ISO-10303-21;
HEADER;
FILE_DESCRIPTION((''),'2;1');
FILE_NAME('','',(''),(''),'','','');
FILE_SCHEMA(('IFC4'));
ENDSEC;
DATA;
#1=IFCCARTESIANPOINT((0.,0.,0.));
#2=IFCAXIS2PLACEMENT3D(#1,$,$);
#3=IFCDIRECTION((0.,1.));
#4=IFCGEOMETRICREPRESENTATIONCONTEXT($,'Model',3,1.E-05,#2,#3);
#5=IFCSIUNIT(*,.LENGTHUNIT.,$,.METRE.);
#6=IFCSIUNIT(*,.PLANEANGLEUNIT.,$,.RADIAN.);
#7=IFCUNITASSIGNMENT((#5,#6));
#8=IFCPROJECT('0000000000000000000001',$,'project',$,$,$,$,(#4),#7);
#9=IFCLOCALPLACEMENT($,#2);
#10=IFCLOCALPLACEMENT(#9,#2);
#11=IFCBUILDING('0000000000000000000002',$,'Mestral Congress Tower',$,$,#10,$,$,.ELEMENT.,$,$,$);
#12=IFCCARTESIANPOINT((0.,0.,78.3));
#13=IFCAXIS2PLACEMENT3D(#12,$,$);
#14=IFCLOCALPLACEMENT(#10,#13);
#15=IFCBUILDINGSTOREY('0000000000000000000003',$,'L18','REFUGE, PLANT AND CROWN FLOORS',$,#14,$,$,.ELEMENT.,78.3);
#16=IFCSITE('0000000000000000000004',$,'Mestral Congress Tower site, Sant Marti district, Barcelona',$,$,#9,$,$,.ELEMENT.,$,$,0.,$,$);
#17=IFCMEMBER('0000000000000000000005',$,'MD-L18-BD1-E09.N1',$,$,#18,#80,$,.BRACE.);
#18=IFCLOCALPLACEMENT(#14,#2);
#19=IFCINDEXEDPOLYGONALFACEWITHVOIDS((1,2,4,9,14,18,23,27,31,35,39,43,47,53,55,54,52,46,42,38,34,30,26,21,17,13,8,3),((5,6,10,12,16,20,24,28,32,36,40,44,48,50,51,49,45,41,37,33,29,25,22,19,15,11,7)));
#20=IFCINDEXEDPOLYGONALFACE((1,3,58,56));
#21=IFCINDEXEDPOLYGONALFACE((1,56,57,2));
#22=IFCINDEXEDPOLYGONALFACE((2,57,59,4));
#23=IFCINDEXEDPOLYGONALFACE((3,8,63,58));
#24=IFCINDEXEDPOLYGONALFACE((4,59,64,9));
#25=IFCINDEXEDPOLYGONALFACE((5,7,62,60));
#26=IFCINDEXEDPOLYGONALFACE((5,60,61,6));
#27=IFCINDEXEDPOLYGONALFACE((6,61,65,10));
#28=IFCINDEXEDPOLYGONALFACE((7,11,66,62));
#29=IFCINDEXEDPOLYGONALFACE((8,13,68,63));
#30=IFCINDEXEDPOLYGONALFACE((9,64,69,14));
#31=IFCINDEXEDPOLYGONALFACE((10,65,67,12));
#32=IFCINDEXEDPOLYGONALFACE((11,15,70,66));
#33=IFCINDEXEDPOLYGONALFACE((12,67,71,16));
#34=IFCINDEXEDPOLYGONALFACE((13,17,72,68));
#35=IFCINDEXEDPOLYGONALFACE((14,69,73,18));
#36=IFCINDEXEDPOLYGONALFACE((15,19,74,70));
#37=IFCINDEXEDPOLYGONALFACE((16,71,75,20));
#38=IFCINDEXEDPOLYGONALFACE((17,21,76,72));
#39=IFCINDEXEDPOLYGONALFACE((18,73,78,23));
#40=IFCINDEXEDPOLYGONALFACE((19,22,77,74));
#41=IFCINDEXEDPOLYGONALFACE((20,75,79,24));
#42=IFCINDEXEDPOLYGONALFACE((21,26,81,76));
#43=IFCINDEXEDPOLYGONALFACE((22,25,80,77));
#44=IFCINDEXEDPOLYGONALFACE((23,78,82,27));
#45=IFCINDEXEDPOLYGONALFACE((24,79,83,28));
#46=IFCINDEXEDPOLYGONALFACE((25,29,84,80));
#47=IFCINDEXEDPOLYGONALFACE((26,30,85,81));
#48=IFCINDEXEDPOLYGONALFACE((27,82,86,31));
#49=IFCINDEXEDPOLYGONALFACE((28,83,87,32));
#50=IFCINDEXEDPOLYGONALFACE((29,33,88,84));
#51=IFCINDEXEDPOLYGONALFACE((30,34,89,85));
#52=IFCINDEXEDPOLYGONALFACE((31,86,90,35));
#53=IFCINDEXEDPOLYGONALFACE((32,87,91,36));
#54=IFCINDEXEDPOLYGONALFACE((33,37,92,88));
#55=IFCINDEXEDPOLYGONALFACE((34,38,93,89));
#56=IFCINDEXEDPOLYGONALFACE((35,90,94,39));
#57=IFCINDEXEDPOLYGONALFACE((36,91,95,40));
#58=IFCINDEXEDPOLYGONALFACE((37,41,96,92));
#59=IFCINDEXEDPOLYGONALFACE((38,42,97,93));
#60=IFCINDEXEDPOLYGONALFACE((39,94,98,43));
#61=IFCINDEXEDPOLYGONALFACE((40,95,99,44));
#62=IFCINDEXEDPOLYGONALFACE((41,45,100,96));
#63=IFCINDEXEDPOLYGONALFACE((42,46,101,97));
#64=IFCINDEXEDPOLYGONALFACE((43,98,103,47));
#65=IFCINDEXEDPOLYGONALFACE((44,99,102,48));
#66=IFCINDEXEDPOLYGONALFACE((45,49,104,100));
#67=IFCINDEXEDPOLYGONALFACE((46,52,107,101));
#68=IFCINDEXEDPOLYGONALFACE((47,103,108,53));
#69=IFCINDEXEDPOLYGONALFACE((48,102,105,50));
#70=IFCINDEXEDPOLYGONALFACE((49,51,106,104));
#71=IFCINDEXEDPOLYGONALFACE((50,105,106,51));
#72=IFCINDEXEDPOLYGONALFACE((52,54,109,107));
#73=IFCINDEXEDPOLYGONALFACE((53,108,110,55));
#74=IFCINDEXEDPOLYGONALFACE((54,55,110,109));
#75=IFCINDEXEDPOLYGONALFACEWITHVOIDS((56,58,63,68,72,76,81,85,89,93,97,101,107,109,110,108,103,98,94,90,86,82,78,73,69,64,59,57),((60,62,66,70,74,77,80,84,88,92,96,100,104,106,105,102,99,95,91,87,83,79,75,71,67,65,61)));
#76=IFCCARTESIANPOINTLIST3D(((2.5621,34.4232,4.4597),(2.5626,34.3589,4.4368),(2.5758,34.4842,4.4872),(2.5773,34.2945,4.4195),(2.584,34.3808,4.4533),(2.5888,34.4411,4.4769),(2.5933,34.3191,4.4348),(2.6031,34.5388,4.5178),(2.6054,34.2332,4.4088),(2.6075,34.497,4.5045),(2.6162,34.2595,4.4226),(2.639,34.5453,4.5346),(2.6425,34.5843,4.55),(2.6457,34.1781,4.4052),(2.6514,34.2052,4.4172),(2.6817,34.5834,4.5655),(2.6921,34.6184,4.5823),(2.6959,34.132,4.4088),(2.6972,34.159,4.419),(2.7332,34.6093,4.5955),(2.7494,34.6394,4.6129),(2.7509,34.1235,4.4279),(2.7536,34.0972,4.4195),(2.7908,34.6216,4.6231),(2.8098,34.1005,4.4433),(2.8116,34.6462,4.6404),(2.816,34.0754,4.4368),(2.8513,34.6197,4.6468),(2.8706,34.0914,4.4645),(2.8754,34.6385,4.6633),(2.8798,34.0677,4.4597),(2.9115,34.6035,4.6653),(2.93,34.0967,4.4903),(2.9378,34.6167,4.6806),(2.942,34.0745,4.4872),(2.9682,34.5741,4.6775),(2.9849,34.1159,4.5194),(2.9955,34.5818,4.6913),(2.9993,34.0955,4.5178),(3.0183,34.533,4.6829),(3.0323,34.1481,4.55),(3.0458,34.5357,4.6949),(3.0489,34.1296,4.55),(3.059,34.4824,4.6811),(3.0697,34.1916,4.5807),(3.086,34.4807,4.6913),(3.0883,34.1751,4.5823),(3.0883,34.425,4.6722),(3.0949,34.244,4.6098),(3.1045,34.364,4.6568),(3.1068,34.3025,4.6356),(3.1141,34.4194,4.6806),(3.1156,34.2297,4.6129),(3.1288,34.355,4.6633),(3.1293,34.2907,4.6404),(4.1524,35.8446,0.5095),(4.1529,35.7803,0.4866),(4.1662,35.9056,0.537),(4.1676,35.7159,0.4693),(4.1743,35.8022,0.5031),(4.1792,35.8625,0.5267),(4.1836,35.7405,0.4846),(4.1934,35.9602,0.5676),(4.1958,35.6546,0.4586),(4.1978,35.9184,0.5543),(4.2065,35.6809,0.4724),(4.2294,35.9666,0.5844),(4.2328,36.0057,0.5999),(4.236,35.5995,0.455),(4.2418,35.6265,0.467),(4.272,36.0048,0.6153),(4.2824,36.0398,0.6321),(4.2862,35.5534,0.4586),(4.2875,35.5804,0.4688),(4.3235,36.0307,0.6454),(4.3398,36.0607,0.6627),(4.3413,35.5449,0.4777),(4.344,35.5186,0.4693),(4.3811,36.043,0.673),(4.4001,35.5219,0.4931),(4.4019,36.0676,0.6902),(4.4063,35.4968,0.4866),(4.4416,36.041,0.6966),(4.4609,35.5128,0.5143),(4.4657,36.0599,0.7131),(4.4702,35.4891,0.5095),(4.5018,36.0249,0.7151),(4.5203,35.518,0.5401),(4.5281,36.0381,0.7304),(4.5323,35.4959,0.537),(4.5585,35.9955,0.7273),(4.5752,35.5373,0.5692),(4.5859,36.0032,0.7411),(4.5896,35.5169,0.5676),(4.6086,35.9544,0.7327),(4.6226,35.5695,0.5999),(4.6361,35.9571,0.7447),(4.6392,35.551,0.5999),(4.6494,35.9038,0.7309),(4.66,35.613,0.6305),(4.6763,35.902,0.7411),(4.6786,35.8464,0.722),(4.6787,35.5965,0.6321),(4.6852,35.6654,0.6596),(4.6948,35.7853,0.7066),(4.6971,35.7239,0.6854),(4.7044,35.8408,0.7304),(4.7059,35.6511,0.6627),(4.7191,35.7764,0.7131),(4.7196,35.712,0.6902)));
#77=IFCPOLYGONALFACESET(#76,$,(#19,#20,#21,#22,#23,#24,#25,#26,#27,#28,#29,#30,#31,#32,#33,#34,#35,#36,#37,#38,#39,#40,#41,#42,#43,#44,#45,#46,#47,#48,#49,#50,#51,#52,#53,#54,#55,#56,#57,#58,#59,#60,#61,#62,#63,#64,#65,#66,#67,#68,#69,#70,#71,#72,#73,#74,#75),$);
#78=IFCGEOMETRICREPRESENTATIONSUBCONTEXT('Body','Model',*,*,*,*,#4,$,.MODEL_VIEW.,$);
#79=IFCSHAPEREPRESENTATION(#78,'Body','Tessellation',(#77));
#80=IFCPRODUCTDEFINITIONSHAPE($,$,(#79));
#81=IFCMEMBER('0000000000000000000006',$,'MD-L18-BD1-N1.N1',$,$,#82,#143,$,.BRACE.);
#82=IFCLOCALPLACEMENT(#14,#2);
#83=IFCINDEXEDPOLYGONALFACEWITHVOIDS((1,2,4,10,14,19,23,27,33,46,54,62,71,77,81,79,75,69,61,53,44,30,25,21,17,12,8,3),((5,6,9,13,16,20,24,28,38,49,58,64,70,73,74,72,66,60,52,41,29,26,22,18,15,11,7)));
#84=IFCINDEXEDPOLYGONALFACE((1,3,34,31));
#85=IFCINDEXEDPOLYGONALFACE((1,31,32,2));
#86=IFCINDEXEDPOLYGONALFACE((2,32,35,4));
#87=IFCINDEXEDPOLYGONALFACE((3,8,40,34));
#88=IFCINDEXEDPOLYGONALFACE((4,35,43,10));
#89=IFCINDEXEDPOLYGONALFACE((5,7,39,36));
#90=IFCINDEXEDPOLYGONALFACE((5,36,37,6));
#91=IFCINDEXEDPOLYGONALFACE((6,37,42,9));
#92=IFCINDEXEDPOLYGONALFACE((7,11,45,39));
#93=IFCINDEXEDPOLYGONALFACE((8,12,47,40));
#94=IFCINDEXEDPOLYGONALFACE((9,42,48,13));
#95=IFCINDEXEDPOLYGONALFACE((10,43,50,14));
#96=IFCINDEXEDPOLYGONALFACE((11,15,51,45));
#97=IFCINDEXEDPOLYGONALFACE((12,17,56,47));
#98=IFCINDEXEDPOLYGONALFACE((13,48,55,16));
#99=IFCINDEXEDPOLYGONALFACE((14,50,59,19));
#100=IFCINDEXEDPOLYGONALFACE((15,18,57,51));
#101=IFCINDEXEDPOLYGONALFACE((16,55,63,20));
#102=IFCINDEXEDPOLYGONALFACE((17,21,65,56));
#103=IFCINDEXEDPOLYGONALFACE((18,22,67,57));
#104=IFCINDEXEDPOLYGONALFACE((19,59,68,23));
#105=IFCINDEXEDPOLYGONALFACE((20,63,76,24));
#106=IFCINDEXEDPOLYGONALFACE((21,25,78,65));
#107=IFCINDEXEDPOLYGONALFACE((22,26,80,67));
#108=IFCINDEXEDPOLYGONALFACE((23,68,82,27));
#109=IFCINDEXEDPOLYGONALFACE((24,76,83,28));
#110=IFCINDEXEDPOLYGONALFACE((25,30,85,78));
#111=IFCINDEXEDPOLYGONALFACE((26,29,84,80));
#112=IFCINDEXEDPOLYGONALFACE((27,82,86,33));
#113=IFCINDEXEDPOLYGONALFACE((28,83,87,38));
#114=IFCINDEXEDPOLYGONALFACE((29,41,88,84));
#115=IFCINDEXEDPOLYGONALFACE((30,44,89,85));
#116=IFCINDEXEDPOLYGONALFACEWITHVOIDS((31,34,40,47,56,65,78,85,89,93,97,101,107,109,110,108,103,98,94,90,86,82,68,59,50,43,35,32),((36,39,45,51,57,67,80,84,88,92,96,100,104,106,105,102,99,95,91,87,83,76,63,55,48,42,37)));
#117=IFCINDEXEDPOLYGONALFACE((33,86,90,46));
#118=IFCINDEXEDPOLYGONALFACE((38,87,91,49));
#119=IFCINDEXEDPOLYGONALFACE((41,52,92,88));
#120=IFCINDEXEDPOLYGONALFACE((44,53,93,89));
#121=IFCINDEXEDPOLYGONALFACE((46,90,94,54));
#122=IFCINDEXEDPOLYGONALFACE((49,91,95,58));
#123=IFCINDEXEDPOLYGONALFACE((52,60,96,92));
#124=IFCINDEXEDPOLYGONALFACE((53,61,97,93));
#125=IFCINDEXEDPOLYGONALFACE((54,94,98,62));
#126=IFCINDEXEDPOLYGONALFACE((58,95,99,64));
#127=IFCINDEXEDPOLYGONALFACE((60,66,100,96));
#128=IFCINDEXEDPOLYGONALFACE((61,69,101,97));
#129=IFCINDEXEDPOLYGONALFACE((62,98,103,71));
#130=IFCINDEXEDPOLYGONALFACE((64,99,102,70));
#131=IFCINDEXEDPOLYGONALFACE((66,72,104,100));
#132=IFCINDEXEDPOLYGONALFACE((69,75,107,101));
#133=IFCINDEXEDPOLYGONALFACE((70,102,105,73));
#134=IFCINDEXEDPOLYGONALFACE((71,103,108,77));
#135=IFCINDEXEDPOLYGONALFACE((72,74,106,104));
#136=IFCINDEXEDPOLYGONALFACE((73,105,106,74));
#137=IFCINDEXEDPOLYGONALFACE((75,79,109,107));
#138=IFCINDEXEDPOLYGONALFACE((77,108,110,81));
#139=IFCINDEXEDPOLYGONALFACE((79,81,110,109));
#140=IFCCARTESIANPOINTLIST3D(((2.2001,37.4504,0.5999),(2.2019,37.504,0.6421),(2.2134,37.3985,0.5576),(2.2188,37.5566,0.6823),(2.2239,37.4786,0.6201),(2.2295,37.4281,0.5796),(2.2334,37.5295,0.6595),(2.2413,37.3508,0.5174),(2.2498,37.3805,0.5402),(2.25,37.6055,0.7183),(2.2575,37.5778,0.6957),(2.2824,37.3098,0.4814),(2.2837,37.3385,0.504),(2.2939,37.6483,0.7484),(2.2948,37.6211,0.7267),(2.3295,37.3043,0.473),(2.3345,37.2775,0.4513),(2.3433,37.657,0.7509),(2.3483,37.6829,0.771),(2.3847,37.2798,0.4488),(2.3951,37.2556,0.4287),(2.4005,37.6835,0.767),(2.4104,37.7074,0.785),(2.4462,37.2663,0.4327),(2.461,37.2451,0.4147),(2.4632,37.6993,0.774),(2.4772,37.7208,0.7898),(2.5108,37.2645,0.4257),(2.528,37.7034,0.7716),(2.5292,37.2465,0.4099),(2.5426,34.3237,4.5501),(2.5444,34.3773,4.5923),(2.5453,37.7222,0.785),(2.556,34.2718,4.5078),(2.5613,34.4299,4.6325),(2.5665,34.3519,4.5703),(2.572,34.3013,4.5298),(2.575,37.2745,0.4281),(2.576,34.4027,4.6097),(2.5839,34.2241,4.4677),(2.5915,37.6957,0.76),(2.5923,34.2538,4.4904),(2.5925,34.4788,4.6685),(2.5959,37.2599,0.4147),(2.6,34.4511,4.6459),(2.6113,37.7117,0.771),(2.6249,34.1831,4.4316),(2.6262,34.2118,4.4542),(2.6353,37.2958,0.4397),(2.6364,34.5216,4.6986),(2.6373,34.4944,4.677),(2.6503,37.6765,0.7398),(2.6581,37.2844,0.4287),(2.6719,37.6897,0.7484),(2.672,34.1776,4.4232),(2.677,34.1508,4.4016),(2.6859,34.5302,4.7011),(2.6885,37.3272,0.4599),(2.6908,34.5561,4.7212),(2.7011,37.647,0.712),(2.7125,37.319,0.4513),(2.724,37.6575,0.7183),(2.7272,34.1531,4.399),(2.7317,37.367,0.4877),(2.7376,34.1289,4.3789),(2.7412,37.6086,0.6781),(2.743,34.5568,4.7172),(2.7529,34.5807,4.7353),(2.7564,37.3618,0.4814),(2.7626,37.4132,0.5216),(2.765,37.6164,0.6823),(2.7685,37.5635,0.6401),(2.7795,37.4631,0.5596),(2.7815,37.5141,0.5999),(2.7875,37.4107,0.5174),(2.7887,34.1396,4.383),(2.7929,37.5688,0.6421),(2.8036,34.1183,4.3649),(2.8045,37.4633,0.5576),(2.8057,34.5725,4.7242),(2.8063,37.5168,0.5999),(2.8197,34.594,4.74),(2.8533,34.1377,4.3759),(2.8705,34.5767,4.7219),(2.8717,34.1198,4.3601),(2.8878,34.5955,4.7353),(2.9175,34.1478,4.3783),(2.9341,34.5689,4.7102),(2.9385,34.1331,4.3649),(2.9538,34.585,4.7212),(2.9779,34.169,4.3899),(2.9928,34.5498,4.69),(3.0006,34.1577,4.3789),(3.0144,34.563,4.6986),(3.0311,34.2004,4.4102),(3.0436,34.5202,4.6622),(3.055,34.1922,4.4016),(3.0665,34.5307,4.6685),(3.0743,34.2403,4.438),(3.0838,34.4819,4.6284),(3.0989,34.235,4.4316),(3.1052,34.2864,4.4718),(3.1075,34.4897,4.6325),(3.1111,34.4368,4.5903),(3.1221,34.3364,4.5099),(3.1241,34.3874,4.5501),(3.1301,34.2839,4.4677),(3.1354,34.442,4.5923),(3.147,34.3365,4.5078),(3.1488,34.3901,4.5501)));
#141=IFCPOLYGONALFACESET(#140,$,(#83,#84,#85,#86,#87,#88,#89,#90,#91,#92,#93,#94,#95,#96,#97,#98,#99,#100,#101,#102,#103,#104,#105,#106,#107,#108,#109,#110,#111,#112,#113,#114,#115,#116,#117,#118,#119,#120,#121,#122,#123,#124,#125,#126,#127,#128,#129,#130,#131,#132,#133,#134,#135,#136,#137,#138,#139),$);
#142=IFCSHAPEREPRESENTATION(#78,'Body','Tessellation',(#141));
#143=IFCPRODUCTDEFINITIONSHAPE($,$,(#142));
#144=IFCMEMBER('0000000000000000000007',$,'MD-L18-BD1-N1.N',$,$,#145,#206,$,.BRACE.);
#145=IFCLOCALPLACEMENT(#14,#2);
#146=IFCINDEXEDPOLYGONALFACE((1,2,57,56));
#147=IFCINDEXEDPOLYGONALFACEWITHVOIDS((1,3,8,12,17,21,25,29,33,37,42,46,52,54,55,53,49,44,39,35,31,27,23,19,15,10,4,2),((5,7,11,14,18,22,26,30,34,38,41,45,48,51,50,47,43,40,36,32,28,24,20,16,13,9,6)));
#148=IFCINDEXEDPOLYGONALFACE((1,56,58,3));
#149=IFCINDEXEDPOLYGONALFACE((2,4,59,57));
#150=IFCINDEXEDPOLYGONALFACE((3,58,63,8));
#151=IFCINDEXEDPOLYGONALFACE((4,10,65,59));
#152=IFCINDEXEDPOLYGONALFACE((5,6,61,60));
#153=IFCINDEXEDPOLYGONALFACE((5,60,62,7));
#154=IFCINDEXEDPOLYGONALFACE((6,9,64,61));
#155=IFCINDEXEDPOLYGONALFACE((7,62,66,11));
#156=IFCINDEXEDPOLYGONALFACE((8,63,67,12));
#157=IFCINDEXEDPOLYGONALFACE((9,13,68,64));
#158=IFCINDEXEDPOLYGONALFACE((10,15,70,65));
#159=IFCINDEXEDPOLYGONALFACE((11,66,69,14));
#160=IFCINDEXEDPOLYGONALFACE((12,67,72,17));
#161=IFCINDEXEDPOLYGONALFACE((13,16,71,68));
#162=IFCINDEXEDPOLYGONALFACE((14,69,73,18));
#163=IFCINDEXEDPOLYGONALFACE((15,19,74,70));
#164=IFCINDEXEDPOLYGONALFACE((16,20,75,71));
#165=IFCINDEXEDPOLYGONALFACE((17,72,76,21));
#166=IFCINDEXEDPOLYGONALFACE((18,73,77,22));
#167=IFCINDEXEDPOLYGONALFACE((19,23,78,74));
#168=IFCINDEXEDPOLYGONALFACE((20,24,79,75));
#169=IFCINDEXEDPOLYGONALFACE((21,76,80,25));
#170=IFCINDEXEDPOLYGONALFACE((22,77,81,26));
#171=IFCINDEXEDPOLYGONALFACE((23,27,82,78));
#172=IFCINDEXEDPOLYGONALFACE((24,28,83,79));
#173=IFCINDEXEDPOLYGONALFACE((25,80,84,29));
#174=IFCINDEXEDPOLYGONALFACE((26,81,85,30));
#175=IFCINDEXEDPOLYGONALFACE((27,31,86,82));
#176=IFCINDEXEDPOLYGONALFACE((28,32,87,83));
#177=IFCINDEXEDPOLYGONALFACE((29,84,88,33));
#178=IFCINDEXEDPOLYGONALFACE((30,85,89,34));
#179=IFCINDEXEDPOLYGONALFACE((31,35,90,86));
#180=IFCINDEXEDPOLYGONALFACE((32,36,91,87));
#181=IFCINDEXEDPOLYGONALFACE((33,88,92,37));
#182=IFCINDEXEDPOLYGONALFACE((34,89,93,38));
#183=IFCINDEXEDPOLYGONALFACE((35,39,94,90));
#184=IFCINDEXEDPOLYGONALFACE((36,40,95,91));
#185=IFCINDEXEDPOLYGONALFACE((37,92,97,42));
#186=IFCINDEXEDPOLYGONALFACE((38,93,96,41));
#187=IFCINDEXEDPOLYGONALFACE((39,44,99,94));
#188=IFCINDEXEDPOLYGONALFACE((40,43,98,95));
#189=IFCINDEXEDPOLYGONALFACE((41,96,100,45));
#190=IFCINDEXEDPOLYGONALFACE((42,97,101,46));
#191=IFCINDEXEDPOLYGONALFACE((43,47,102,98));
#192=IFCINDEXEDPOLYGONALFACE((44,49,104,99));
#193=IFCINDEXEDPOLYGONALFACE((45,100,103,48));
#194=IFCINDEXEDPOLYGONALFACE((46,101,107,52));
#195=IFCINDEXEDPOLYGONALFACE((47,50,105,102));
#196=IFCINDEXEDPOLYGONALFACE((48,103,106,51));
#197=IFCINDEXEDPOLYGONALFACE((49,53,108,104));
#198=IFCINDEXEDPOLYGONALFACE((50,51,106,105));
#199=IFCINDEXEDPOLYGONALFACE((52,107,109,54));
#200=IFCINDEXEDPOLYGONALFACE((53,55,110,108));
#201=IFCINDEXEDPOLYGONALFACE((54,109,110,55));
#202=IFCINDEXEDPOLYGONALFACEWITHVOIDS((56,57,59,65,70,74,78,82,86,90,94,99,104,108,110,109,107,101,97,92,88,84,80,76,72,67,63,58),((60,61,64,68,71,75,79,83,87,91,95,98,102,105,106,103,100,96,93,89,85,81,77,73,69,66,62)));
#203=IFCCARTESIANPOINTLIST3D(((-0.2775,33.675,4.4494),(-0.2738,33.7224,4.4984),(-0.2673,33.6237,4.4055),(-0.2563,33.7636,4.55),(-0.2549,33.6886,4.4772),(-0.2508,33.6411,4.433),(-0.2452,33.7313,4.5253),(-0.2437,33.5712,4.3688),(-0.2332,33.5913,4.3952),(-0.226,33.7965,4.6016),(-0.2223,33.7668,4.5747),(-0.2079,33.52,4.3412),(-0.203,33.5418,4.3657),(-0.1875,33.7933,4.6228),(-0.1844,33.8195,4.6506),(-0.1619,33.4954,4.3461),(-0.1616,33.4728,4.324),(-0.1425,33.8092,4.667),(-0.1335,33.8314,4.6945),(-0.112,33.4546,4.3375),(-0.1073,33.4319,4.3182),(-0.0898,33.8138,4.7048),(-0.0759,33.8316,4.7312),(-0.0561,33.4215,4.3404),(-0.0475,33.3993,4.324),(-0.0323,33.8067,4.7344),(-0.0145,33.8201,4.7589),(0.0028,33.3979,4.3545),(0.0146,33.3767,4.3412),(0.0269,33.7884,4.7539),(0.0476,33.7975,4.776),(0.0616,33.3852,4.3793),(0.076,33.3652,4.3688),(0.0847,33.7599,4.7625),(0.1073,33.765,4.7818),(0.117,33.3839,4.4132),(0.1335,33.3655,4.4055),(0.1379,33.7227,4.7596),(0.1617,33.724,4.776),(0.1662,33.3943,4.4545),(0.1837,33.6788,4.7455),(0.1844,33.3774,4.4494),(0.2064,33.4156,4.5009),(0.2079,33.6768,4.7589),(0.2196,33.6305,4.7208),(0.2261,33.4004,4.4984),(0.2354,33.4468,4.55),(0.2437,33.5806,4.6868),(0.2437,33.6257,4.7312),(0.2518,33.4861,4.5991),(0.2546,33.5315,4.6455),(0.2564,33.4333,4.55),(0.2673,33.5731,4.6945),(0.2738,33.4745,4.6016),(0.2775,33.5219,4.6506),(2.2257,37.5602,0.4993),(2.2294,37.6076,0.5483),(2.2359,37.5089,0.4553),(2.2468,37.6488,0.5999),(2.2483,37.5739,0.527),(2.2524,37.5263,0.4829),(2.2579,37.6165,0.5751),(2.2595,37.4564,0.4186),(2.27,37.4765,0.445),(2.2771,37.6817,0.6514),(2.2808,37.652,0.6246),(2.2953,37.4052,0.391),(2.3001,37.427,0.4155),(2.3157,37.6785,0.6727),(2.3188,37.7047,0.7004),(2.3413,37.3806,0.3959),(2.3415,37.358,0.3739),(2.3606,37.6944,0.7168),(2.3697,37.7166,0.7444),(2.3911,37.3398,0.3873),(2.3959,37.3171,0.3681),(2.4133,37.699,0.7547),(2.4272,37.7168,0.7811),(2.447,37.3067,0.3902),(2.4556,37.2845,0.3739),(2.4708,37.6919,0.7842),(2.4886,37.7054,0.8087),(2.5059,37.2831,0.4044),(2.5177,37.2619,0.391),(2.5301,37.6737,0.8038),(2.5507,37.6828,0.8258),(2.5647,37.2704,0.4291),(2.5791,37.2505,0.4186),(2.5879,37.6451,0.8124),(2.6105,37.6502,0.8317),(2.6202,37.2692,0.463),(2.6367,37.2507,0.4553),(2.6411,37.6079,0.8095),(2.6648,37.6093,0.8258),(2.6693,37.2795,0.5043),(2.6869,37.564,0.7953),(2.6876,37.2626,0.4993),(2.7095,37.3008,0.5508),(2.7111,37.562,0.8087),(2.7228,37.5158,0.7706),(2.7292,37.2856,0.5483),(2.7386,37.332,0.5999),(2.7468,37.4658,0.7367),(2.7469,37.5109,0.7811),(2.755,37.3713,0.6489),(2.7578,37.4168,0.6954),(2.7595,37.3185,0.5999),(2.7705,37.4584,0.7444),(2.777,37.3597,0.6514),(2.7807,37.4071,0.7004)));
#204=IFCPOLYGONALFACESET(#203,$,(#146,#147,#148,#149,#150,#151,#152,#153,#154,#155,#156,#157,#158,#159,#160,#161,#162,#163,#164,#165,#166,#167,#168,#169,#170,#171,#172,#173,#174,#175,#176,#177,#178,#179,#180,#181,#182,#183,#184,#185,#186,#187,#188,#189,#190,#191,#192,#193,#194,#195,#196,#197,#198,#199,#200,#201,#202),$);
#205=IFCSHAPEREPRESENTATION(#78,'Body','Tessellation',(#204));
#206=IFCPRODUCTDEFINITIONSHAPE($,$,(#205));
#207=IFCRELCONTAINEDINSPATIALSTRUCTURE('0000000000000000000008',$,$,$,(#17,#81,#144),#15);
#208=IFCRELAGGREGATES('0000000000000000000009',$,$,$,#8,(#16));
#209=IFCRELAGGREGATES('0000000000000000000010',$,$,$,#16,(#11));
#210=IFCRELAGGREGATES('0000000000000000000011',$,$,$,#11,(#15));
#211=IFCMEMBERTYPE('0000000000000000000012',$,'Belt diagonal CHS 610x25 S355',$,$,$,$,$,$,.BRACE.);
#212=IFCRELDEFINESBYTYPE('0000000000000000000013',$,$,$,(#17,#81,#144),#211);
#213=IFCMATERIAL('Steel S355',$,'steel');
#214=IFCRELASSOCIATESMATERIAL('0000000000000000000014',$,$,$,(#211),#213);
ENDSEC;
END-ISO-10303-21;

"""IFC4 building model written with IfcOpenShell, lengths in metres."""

from ifc_helpers import new_model, si_unit, direction, frame, origin, origin_2d, place, context, subcontext, project, spatial, hollow_circle, extrude, material, material_profile, profile_set, type_object, element, save


model = new_model("IFC4")

# Units and contexts
model_context = context("Model", 3, precision=1e-05, world=origin(), true_north=direction((0.0, 1.0)))
body_context = subcontext(model_context, "Body", "Model", "MODEL_VIEW")
ifc_project = project(units=[si_unit("LENGTHUNIT", "METRE"), si_unit("PLANEANGLEUNIT", "RADIAN")], contexts=[model_context])

# Site, building, storey
site_placement = place(None, origin())
site = spatial("IfcSite", under=ifc_project, at=site_placement, Name="Mestral Congress Tower site, Sant Marti district, Barcelona", CompositionType="ELEMENT", RefElevation=0.0)
building_placement = place(site_placement, origin())
building = spatial("IfcBuilding", under=site, at=building_placement, Name="Mestral Congress Tower", CompositionType="ELEMENT")
storey_placement = place(building_placement, frame((0.0, 0.0, 78.3)))
storey = spatial("IfcBuildingStorey", under=building, at=storey_placement, Name="L18", Description="REFUGE, PLANT AND CROWN FLOORS", CompositionType="ELEMENT", Elevation=78.3)

# Members
ifc_material_1 = material(Name="Steel S355", Category="steel")
ifc_material_profile_1 = material_profile(ifc_material_1, hollow_circle(Radius=0.3049, WallThickness=0.0249, at=origin_2d()), Name="CHS 610x25")
ifc_profile_set_1 = profile_set([ifc_material_profile_1], Name="Steel S355")
member_type_1 = type_object("IfcMemberType", Name="Belt diagonal CHS 610x25 S355", PredefinedType="BRACE", material=ifc_profile_set_1)
member_1_placement = place(storey_placement, frame((4.436, 35.7783, 0.5999), z_axis=(-0.354252, -0.316619, 0.879919), x_axis=(0.666393, -0.7456, 0.0)))
element("IfcMember", 1, at=member_1_placement, inside=storey, type_object=member_type_1, Name="MD-L18-BD1-E09.N1", PredefinedType="BRACE", context=body_context, shape_type="SweptSolid", body=[
    extrude(hollow_circle(Radius=0.3049, WallThickness=0.0249, at=origin_2d()), origin(), (0.0, 0.0, 1.0), 4.4893),
])
member_2_placement = place(storey_placement, frame((2.5032, 37.4836, 0.5999), z_axis=(0.067834, -0.619209, 0.782291), x_axis=(0.994053, 0.108898, 0.0)))
element("IfcMember", 2, at=member_2_placement, inside=storey, type_object=member_type_1, Name="MD-L18-BD1-N1.N1", PredefinedType="BRACE", context=body_context, shape_type="SweptSolid", body=[
    extrude(hollow_circle(Radius=0.3049, WallThickness=0.0249, at=origin_2d()), origin(), (0.0, 0.0, 1.0), 5.0496),
])
member_3_placement = place(storey_placement, frame((2.5032, 37.4836, 0.5999), z_axis=(-0.411713, -0.639033, 0.649714), x_axis=(0.840636, -0.541601, 0.0)))
element("IfcMember", 3, at=member_3_placement, inside=storey, type_object=member_type_1, Name="MD-L18-BD1-N1.N", PredefinedType="BRACE", context=body_context, shape_type="SweptSolid", body=[
    extrude(hollow_circle(Radius=0.3049, WallThickness=0.0249, at=origin_2d()), origin(), (0.0, 0.0, 1.0), 6.0798),
])

save(model, "model.ifc")
